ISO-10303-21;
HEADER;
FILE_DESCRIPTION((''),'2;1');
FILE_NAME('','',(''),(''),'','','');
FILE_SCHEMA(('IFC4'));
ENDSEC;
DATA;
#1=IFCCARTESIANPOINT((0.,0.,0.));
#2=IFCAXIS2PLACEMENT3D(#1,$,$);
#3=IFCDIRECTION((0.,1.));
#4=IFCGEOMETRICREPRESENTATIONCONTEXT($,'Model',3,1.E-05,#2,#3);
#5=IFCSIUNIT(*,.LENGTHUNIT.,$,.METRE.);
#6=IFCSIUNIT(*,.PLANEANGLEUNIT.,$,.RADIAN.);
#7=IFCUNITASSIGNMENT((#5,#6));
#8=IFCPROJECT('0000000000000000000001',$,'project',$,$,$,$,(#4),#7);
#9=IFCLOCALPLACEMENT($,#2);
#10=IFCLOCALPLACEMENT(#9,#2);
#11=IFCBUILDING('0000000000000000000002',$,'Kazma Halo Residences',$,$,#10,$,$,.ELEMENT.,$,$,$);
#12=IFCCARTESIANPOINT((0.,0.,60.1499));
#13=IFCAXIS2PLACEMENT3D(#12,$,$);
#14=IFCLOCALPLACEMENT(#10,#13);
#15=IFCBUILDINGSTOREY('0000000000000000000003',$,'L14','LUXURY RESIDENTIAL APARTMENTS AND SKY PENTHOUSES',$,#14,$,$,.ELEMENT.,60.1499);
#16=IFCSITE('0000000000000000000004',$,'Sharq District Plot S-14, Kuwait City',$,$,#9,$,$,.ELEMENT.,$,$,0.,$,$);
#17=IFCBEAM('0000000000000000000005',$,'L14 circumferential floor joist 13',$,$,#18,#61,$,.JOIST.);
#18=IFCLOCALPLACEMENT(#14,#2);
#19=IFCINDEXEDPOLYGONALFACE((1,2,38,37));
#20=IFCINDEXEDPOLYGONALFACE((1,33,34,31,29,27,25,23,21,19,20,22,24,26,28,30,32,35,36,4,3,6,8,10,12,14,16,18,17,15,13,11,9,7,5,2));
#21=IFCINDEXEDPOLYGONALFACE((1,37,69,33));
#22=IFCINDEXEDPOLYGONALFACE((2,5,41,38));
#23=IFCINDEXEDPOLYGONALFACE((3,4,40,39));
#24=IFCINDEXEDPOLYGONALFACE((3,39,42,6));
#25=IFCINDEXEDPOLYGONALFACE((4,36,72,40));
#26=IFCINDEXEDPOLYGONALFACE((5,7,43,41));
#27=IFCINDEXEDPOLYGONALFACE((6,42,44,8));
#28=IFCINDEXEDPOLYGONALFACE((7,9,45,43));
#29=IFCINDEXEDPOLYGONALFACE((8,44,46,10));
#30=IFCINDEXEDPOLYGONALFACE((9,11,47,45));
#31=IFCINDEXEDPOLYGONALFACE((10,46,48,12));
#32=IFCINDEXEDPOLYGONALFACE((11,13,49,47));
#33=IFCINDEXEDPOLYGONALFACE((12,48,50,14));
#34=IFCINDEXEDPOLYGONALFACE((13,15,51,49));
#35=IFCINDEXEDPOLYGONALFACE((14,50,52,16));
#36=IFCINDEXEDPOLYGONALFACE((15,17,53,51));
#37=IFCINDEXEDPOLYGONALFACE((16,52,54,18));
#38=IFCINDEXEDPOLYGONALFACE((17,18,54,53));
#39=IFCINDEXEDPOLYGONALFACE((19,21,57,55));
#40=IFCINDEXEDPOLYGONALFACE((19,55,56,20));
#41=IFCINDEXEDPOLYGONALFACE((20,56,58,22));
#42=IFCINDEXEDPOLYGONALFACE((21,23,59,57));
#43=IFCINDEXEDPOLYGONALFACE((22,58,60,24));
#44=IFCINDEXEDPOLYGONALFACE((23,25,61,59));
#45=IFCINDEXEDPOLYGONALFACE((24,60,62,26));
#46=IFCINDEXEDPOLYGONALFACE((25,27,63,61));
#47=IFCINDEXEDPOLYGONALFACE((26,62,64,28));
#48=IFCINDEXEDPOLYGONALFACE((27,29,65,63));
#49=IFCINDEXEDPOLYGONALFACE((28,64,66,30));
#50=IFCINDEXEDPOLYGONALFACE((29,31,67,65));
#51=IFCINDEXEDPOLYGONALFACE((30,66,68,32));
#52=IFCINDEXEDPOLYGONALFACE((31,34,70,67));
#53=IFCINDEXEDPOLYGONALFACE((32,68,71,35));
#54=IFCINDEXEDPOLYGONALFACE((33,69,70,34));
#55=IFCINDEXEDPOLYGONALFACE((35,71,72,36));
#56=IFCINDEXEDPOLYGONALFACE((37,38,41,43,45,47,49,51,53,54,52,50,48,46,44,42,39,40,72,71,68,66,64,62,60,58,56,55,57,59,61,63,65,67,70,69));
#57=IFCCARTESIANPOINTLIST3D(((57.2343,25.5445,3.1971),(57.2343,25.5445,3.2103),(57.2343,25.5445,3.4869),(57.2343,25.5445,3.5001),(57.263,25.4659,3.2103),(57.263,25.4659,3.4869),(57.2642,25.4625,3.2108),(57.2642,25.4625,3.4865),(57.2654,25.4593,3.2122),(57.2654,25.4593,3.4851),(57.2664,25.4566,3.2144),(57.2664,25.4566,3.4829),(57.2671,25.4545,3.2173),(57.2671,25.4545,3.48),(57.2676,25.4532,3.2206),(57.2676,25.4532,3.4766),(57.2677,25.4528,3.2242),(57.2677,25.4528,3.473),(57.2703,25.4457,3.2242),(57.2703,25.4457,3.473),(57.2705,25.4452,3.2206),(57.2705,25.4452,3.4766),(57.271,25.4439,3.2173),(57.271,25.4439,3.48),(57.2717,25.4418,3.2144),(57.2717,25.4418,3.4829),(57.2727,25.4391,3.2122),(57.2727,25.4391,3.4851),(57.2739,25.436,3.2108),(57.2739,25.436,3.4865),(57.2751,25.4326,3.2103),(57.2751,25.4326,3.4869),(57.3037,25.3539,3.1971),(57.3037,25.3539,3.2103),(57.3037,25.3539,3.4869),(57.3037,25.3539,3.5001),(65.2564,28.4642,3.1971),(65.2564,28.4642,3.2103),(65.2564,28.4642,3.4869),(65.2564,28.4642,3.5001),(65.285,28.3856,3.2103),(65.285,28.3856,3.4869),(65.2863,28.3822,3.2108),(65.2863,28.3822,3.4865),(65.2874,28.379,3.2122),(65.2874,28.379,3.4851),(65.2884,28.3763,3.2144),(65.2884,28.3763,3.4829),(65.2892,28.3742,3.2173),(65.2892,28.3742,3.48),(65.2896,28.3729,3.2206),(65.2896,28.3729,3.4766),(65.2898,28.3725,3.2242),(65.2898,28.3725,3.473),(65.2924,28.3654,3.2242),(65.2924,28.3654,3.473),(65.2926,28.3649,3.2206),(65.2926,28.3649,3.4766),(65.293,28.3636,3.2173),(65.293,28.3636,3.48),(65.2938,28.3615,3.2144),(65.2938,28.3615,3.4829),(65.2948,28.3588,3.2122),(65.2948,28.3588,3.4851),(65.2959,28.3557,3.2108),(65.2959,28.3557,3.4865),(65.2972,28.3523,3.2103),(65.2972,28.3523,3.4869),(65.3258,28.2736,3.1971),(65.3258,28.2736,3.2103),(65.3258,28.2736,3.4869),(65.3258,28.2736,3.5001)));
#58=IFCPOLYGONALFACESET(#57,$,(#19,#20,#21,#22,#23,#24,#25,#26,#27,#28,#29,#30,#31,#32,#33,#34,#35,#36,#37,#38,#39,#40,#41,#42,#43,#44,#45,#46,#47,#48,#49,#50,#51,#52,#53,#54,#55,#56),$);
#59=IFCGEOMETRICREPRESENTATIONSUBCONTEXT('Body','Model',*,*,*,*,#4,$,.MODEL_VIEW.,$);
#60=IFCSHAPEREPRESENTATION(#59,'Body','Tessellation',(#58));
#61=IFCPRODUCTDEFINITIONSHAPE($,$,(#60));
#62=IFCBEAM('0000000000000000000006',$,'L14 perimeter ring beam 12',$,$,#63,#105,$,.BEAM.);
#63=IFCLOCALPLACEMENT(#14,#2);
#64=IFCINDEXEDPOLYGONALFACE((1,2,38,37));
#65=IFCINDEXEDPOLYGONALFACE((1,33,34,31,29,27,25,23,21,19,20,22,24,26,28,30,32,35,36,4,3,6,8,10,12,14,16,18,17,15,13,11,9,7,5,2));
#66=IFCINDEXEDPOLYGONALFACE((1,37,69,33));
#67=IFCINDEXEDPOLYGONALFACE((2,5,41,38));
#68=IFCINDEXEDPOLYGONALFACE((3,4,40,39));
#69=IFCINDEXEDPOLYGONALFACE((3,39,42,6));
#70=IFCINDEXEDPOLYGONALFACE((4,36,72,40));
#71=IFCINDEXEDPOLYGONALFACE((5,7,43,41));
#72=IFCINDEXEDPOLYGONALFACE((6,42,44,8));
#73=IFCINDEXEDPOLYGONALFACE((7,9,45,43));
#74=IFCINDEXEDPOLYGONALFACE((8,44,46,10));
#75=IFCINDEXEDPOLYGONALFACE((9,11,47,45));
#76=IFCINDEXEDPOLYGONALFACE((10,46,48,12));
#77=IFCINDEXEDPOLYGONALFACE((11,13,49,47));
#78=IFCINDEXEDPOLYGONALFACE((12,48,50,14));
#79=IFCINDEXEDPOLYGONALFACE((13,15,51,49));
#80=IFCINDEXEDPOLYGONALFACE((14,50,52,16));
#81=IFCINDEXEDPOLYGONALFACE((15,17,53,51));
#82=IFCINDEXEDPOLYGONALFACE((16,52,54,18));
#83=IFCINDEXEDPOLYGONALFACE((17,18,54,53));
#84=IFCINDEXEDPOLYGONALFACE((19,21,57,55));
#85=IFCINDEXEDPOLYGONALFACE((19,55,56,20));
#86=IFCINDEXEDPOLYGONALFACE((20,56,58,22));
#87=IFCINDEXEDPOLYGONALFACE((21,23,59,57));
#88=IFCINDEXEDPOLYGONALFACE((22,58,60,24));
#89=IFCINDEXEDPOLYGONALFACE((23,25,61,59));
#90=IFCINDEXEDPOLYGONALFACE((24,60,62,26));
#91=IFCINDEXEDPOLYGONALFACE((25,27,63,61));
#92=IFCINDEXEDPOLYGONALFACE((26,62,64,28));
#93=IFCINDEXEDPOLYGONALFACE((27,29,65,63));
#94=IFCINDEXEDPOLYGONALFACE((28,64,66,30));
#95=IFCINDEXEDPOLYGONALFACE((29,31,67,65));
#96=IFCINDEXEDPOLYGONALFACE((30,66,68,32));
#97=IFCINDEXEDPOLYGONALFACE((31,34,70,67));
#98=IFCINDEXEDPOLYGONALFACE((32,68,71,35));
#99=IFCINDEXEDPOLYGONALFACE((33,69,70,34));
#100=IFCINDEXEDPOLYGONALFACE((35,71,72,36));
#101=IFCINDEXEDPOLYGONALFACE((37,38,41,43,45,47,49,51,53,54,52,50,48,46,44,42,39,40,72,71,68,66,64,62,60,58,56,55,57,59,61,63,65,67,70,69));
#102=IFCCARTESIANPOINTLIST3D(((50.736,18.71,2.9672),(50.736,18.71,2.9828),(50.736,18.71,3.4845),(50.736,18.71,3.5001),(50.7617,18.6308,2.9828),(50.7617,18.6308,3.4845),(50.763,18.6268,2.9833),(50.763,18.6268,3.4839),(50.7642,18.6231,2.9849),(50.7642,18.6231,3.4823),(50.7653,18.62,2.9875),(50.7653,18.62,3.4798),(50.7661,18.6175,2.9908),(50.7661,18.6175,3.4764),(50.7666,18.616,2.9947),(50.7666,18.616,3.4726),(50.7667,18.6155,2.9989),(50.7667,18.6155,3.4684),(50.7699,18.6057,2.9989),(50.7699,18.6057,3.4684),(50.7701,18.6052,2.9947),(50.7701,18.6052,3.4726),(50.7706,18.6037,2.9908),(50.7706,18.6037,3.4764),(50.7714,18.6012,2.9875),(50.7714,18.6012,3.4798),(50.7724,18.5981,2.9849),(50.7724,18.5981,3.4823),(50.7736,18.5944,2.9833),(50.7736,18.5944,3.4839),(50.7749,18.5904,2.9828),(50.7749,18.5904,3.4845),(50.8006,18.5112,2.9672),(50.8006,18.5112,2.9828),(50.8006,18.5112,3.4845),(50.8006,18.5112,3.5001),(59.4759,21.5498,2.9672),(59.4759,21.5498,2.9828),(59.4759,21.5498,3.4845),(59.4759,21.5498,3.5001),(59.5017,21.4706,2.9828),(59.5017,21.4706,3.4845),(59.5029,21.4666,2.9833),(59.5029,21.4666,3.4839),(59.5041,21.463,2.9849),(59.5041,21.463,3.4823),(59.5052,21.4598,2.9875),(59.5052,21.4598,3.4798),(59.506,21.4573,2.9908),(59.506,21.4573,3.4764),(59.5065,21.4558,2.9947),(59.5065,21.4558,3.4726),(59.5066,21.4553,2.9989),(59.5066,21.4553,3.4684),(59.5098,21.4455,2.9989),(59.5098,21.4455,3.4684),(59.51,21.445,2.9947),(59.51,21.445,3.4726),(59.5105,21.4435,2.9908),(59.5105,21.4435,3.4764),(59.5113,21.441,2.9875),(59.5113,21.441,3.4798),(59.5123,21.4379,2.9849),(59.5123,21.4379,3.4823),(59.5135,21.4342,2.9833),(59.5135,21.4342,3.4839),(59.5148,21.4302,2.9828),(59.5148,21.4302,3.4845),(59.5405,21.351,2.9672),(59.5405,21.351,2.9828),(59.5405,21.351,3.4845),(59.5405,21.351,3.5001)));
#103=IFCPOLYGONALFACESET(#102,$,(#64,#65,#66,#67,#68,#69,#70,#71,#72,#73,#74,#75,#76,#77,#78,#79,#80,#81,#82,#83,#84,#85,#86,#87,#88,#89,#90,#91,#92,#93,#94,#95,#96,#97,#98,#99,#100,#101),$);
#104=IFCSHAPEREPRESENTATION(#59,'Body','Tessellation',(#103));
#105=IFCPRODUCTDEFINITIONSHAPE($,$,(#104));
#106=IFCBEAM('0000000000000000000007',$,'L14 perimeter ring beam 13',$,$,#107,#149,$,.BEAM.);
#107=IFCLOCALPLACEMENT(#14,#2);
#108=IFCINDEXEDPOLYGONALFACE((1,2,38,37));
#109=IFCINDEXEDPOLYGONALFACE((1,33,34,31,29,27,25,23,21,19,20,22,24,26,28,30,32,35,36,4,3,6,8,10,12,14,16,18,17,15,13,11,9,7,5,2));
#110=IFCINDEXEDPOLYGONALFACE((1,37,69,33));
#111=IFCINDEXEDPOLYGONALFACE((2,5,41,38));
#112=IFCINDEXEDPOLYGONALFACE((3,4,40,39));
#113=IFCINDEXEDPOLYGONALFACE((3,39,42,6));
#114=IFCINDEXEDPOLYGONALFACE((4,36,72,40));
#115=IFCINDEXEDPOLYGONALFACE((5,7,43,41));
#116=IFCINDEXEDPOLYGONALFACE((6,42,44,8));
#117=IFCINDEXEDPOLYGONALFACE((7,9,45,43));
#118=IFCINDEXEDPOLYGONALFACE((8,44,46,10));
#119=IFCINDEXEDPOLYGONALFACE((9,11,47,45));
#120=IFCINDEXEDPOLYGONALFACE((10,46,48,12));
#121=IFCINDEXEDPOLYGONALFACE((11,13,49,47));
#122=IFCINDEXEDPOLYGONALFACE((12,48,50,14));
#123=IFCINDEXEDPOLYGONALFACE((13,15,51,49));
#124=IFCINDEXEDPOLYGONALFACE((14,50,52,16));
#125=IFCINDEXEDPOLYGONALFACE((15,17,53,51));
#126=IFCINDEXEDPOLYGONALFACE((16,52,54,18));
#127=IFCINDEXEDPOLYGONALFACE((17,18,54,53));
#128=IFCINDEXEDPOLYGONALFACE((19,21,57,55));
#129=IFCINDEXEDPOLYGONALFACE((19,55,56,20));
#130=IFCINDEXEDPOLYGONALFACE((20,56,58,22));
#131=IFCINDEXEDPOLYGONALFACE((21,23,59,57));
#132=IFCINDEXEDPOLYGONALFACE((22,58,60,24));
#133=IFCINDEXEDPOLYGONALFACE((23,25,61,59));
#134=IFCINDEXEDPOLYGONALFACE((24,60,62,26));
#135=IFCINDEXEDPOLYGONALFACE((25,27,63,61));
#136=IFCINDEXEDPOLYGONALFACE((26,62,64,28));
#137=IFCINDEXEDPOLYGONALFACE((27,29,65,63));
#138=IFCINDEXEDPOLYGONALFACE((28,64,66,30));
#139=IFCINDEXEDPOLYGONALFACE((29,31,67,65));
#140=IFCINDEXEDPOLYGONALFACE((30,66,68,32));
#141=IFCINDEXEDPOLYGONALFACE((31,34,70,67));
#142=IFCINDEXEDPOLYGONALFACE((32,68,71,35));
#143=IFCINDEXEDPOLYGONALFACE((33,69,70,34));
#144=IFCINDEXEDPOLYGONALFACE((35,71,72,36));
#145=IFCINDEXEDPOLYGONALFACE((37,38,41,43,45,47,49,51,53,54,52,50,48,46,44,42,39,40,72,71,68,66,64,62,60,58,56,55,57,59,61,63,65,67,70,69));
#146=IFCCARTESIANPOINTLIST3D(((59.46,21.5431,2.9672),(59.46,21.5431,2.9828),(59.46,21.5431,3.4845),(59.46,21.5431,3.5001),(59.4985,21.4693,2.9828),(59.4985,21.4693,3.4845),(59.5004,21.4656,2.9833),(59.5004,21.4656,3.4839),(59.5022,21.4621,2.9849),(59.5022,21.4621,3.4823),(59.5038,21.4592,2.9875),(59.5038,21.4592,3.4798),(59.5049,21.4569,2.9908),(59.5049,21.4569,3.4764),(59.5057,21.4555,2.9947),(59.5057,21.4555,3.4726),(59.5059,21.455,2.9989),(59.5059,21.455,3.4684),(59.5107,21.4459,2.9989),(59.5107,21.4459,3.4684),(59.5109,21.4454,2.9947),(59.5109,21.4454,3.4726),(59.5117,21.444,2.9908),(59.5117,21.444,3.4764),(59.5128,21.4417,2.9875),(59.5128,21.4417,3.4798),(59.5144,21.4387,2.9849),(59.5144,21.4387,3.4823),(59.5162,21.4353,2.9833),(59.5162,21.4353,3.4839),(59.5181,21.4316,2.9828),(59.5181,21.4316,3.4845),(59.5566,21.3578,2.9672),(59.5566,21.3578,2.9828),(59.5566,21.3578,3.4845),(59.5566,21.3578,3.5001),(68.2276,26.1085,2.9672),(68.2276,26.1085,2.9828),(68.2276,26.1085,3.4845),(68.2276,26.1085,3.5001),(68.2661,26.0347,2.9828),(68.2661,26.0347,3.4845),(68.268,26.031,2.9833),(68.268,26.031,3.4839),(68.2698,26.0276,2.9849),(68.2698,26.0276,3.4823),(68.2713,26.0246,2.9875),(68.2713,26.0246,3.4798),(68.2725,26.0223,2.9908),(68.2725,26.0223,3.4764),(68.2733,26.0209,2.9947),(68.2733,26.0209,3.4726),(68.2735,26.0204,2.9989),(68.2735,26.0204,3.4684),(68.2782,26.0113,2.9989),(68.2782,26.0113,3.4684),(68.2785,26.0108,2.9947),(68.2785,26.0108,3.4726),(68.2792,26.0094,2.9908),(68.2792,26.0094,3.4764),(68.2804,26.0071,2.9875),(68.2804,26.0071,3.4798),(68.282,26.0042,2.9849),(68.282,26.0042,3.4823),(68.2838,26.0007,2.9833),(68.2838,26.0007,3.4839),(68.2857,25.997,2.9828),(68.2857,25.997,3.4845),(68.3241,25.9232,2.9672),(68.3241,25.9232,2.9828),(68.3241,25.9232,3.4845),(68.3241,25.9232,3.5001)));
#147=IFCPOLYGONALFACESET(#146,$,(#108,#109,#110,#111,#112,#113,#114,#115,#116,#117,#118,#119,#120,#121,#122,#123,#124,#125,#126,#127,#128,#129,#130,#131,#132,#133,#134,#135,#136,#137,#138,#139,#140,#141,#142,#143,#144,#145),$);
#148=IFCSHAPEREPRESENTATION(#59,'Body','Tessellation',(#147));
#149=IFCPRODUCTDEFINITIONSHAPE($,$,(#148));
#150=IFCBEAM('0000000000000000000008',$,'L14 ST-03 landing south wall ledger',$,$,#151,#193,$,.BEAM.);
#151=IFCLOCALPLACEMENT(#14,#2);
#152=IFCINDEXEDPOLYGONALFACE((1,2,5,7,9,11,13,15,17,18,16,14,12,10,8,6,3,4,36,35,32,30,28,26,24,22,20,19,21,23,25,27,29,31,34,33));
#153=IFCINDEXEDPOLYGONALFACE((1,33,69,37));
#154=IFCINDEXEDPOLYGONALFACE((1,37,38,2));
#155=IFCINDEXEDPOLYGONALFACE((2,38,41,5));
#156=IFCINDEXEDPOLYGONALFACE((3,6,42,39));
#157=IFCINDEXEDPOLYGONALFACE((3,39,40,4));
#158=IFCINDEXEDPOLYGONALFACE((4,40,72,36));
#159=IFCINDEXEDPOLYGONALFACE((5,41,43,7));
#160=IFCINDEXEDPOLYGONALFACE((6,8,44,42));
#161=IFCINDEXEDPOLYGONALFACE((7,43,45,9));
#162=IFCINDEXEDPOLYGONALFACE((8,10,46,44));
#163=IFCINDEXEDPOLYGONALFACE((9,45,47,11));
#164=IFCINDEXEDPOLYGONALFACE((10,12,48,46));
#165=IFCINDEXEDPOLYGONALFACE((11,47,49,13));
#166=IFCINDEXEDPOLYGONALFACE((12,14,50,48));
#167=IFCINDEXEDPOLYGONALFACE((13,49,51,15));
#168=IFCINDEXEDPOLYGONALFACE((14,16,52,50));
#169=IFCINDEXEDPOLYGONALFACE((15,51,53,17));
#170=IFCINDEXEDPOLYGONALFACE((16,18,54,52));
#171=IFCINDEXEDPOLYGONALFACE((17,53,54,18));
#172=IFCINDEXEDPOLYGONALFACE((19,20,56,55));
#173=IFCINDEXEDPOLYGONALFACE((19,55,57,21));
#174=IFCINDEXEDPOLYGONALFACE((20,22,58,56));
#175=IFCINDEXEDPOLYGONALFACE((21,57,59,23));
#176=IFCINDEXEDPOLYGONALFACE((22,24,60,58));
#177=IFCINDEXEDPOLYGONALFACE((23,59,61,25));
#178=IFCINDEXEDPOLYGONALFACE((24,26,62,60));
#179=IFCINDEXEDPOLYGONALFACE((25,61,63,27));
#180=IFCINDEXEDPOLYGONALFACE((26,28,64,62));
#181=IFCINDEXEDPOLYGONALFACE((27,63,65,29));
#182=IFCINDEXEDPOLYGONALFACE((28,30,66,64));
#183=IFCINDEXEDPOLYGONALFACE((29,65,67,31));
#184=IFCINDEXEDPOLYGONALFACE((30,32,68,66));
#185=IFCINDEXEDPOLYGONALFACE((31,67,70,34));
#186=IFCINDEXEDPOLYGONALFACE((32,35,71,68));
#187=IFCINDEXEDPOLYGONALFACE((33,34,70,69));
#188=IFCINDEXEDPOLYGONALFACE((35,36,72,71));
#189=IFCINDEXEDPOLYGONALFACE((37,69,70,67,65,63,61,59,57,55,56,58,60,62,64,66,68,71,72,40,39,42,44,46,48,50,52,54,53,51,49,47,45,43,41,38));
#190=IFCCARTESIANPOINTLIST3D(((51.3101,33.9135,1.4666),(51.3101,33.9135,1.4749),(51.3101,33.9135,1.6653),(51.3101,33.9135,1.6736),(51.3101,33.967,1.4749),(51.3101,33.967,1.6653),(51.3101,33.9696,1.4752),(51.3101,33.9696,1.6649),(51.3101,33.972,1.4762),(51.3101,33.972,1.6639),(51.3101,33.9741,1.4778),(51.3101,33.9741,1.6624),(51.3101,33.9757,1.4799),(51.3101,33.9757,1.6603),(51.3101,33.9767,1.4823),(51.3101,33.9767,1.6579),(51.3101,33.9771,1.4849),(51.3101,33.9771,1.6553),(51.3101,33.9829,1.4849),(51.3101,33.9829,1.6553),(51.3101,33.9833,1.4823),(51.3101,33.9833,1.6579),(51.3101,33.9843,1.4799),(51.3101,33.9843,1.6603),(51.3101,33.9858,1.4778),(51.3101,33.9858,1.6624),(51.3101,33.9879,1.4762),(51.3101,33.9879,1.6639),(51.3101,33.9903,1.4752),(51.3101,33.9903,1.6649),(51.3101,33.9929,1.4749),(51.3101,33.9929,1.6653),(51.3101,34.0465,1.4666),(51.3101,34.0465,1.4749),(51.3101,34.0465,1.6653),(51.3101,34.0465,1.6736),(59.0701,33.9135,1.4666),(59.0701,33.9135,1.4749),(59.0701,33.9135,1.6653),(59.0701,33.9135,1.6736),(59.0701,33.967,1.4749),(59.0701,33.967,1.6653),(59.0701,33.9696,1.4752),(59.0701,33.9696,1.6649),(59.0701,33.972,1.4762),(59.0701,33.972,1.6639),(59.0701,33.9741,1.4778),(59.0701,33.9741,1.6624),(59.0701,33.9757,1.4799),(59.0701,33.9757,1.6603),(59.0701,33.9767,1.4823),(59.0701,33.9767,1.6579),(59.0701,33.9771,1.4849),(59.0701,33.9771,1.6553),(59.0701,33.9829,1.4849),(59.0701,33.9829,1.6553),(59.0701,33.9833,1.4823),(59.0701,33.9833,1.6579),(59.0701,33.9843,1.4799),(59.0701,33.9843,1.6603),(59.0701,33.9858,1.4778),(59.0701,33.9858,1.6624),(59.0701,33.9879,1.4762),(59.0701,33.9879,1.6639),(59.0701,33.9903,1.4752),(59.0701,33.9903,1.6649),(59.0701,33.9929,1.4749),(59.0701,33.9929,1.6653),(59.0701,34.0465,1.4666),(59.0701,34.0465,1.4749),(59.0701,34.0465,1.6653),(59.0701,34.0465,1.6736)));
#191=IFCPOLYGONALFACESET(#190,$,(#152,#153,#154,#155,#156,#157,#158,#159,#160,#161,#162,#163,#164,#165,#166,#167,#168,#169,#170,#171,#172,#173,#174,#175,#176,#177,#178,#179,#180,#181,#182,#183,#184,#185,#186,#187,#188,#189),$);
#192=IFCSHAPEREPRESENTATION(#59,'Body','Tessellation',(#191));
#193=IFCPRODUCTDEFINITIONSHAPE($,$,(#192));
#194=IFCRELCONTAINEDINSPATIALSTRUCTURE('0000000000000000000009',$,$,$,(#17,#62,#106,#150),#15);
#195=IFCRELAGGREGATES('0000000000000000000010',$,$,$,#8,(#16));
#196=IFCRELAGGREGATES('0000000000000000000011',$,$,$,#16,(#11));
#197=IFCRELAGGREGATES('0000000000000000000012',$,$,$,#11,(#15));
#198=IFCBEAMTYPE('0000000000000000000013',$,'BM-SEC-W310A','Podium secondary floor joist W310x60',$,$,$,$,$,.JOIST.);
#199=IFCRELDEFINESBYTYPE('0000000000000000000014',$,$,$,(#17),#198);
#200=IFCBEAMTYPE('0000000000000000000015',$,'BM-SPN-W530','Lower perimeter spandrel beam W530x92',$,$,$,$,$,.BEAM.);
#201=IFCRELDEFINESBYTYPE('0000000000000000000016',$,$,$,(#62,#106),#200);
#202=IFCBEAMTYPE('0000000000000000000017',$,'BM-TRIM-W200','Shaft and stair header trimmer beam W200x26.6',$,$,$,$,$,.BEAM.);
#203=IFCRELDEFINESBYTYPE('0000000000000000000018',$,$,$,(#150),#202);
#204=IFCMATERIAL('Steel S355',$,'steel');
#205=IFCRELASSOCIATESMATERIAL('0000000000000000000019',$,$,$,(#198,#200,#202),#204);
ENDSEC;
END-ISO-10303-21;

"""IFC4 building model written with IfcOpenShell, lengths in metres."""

from ifc_helpers import new_model, si_unit, direction, frame, origin, origin_2d, place, context, subcontext, project, spatial, i_section, extrude, material, material_profile, profile_set, type_object, element, save


model = new_model("IFC4")

# Units and contexts
model_context = context("Model", 3, precision=1e-05, world=origin(), true_north=direction((0.0, 1.0)))
body_context = subcontext(model_context, "Body", "Model", "MODEL_VIEW")
ifc_project = project(units=[si_unit("LENGTHUNIT", "METRE"), si_unit("PLANEANGLEUNIT", "RADIAN")], contexts=[model_context])

# Site, building, storey
site_placement = place(None, origin())
site = spatial("IfcSite", under=ifc_project, at=site_placement, Name="Sharq District Plot S-14, Kuwait City", CompositionType="ELEMENT", RefElevation=0.0)
building_placement = place(site_placement, origin())
building = spatial("IfcBuilding", under=site, at=building_placement, Name="Kazma Halo Residences", CompositionType="ELEMENT")
storey_placement = place(building_placement, frame((0.0, 0.0, 60.1499)))
storey = spatial("IfcBuildingStorey", under=building, at=storey_placement, Name="L14", Description="LUXURY RESIDENTIAL APARTMENTS AND SKY PENTHOUSES", CompositionType="ELEMENT", Elevation=60.1499)

# Beams
ifc_material_1 = material(Name="Steel S355", Category="steel")
ifc_material_profile_1 = material_profile(ifc_material_1, i_section(OverallWidth=0.2029, OverallDepth=0.303, WebThickness=0.0076, FlangeThickness=0.0132, FilletRadius=0.0139, at=origin_2d()), Name="W310x60")
ifc_profile_set_1 = profile_set([ifc_material_profile_1], Name="Steel S355")
beam_type_1 = type_object("IfcBeamType", Name="BM-SEC-W310A", Description="Podium secondary floor joist W310x60", PredefinedType="JOIST", material=ifc_profile_set_1)
beam_1_placement = place(storey_placement, frame((57.269, 25.4492, 3.3486), z_axis=(0.939696, 0.342012, 0.0), x_axis=(-0.342012, 0.939696, 0.0)))
element("IfcBeam", 1, at=beam_1_placement, inside=storey, type_object=beam_type_1, Name="L14 circumferential floor joist 13", PredefinedType="JOIST", context=body_context, shape_type="SweptSolid", body=[
    extrude(i_section(OverallWidth=0.2029, OverallDepth=0.303, WebThickness=0.0076, FlangeThickness=0.0132, FilletRadius=0.0139, at=origin_2d()), origin(), (0.0, 0.0, 1.0), 8.5369),
])
ifc_material_profile_2 = material_profile(ifc_material_1, i_section(OverallWidth=0.209, OverallDepth=0.533, WebThickness=0.0103, FlangeThickness=0.0156, FilletRadius=0.0161, at=origin_2d()), Name="W530x92")
ifc_profile_set_2 = profile_set([ifc_material_profile_2], Name="Steel S355")
beam_type_2 = type_object("IfcBeamType", Name="BM-SPN-W530", Description="Lower perimeter spandrel beam W530x92", PredefinedType="BEAM", material=ifc_profile_set_2)
beam_2_placement = place(storey_placement, frame((50.7683, 18.6106, 3.2336), z_axis=(0.951055, 0.309022, 0.0), x_axis=(-0.309022, 0.951055, 0.0)))
element("IfcBeam", 2, at=beam_2_placement, inside=storey, type_object=beam_type_2, Name="L14 perimeter ring beam 12", PredefinedType="BEAM", context=body_context, shape_type="SweptSolid", body=[
    extrude(i_section(OverallWidth=0.209, OverallDepth=0.533, WebThickness=0.0103, FlangeThickness=0.0156, FilletRadius=0.0161, at=origin_2d()), origin(), (0.0, 0.0, 1.0), 9.1897),
])
beam_3_placement = place(storey_placement, frame((59.5083, 21.4504, 3.2336), z_axis=(0.886956, 0.461853, 0.0), x_axis=(-0.461853, 0.886956, 0.0)))
element("IfcBeam", 3, at=beam_3_placement, inside=storey, type_object=beam_type_2, Name="L14 perimeter ring beam 13", PredefinedType="BEAM", context=body_context, shape_type="SweptSolid", body=[
    extrude(i_section(OverallWidth=0.209, OverallDepth=0.533, WebThickness=0.0103, FlangeThickness=0.0156, FilletRadius=0.0161, at=origin_2d()), origin(), (0.0, 0.0, 1.0), 9.885),
])
ifc_material_profile_3 = material_profile(ifc_material_1, i_section(OverallWidth=0.1331, OverallDepth=0.207, WebThickness=0.0059, FlangeThickness=0.0083, FilletRadius=0.01, at=origin_2d()), Name="W200x26.6")
ifc_profile_set_3 = profile_set([ifc_material_profile_3], Name="Steel S355")
beam_type_3 = type_object("IfcBeamType", Name="BM-TRIM-W200", Description="Shaft and stair header trimmer beam W200x26.6", PredefinedType="BEAM", material=ifc_profile_set_3)
beam_4_placement = place(storey_placement, frame((51.3101, 33.98, 1.5701), z_axis=(1.0, 0.0, 0.0), x_axis=(0.0, 1.0, 0.0)))
element("IfcBeam", 4, at=beam_4_placement, inside=storey, type_object=beam_type_3, Name="L14 ST-03 landing south wall ledger", PredefinedType="BEAM", context=body_context, shape_type="SweptSolid", body=[
    extrude(i_section(OverallWidth=0.1331, OverallDepth=0.207, WebThickness=0.0059, FlangeThickness=0.0083, FilletRadius=0.01, at=origin_2d()), origin(), (0.0, 0.0, 1.0), 7.76),
])

save(model, "model.ifc")
